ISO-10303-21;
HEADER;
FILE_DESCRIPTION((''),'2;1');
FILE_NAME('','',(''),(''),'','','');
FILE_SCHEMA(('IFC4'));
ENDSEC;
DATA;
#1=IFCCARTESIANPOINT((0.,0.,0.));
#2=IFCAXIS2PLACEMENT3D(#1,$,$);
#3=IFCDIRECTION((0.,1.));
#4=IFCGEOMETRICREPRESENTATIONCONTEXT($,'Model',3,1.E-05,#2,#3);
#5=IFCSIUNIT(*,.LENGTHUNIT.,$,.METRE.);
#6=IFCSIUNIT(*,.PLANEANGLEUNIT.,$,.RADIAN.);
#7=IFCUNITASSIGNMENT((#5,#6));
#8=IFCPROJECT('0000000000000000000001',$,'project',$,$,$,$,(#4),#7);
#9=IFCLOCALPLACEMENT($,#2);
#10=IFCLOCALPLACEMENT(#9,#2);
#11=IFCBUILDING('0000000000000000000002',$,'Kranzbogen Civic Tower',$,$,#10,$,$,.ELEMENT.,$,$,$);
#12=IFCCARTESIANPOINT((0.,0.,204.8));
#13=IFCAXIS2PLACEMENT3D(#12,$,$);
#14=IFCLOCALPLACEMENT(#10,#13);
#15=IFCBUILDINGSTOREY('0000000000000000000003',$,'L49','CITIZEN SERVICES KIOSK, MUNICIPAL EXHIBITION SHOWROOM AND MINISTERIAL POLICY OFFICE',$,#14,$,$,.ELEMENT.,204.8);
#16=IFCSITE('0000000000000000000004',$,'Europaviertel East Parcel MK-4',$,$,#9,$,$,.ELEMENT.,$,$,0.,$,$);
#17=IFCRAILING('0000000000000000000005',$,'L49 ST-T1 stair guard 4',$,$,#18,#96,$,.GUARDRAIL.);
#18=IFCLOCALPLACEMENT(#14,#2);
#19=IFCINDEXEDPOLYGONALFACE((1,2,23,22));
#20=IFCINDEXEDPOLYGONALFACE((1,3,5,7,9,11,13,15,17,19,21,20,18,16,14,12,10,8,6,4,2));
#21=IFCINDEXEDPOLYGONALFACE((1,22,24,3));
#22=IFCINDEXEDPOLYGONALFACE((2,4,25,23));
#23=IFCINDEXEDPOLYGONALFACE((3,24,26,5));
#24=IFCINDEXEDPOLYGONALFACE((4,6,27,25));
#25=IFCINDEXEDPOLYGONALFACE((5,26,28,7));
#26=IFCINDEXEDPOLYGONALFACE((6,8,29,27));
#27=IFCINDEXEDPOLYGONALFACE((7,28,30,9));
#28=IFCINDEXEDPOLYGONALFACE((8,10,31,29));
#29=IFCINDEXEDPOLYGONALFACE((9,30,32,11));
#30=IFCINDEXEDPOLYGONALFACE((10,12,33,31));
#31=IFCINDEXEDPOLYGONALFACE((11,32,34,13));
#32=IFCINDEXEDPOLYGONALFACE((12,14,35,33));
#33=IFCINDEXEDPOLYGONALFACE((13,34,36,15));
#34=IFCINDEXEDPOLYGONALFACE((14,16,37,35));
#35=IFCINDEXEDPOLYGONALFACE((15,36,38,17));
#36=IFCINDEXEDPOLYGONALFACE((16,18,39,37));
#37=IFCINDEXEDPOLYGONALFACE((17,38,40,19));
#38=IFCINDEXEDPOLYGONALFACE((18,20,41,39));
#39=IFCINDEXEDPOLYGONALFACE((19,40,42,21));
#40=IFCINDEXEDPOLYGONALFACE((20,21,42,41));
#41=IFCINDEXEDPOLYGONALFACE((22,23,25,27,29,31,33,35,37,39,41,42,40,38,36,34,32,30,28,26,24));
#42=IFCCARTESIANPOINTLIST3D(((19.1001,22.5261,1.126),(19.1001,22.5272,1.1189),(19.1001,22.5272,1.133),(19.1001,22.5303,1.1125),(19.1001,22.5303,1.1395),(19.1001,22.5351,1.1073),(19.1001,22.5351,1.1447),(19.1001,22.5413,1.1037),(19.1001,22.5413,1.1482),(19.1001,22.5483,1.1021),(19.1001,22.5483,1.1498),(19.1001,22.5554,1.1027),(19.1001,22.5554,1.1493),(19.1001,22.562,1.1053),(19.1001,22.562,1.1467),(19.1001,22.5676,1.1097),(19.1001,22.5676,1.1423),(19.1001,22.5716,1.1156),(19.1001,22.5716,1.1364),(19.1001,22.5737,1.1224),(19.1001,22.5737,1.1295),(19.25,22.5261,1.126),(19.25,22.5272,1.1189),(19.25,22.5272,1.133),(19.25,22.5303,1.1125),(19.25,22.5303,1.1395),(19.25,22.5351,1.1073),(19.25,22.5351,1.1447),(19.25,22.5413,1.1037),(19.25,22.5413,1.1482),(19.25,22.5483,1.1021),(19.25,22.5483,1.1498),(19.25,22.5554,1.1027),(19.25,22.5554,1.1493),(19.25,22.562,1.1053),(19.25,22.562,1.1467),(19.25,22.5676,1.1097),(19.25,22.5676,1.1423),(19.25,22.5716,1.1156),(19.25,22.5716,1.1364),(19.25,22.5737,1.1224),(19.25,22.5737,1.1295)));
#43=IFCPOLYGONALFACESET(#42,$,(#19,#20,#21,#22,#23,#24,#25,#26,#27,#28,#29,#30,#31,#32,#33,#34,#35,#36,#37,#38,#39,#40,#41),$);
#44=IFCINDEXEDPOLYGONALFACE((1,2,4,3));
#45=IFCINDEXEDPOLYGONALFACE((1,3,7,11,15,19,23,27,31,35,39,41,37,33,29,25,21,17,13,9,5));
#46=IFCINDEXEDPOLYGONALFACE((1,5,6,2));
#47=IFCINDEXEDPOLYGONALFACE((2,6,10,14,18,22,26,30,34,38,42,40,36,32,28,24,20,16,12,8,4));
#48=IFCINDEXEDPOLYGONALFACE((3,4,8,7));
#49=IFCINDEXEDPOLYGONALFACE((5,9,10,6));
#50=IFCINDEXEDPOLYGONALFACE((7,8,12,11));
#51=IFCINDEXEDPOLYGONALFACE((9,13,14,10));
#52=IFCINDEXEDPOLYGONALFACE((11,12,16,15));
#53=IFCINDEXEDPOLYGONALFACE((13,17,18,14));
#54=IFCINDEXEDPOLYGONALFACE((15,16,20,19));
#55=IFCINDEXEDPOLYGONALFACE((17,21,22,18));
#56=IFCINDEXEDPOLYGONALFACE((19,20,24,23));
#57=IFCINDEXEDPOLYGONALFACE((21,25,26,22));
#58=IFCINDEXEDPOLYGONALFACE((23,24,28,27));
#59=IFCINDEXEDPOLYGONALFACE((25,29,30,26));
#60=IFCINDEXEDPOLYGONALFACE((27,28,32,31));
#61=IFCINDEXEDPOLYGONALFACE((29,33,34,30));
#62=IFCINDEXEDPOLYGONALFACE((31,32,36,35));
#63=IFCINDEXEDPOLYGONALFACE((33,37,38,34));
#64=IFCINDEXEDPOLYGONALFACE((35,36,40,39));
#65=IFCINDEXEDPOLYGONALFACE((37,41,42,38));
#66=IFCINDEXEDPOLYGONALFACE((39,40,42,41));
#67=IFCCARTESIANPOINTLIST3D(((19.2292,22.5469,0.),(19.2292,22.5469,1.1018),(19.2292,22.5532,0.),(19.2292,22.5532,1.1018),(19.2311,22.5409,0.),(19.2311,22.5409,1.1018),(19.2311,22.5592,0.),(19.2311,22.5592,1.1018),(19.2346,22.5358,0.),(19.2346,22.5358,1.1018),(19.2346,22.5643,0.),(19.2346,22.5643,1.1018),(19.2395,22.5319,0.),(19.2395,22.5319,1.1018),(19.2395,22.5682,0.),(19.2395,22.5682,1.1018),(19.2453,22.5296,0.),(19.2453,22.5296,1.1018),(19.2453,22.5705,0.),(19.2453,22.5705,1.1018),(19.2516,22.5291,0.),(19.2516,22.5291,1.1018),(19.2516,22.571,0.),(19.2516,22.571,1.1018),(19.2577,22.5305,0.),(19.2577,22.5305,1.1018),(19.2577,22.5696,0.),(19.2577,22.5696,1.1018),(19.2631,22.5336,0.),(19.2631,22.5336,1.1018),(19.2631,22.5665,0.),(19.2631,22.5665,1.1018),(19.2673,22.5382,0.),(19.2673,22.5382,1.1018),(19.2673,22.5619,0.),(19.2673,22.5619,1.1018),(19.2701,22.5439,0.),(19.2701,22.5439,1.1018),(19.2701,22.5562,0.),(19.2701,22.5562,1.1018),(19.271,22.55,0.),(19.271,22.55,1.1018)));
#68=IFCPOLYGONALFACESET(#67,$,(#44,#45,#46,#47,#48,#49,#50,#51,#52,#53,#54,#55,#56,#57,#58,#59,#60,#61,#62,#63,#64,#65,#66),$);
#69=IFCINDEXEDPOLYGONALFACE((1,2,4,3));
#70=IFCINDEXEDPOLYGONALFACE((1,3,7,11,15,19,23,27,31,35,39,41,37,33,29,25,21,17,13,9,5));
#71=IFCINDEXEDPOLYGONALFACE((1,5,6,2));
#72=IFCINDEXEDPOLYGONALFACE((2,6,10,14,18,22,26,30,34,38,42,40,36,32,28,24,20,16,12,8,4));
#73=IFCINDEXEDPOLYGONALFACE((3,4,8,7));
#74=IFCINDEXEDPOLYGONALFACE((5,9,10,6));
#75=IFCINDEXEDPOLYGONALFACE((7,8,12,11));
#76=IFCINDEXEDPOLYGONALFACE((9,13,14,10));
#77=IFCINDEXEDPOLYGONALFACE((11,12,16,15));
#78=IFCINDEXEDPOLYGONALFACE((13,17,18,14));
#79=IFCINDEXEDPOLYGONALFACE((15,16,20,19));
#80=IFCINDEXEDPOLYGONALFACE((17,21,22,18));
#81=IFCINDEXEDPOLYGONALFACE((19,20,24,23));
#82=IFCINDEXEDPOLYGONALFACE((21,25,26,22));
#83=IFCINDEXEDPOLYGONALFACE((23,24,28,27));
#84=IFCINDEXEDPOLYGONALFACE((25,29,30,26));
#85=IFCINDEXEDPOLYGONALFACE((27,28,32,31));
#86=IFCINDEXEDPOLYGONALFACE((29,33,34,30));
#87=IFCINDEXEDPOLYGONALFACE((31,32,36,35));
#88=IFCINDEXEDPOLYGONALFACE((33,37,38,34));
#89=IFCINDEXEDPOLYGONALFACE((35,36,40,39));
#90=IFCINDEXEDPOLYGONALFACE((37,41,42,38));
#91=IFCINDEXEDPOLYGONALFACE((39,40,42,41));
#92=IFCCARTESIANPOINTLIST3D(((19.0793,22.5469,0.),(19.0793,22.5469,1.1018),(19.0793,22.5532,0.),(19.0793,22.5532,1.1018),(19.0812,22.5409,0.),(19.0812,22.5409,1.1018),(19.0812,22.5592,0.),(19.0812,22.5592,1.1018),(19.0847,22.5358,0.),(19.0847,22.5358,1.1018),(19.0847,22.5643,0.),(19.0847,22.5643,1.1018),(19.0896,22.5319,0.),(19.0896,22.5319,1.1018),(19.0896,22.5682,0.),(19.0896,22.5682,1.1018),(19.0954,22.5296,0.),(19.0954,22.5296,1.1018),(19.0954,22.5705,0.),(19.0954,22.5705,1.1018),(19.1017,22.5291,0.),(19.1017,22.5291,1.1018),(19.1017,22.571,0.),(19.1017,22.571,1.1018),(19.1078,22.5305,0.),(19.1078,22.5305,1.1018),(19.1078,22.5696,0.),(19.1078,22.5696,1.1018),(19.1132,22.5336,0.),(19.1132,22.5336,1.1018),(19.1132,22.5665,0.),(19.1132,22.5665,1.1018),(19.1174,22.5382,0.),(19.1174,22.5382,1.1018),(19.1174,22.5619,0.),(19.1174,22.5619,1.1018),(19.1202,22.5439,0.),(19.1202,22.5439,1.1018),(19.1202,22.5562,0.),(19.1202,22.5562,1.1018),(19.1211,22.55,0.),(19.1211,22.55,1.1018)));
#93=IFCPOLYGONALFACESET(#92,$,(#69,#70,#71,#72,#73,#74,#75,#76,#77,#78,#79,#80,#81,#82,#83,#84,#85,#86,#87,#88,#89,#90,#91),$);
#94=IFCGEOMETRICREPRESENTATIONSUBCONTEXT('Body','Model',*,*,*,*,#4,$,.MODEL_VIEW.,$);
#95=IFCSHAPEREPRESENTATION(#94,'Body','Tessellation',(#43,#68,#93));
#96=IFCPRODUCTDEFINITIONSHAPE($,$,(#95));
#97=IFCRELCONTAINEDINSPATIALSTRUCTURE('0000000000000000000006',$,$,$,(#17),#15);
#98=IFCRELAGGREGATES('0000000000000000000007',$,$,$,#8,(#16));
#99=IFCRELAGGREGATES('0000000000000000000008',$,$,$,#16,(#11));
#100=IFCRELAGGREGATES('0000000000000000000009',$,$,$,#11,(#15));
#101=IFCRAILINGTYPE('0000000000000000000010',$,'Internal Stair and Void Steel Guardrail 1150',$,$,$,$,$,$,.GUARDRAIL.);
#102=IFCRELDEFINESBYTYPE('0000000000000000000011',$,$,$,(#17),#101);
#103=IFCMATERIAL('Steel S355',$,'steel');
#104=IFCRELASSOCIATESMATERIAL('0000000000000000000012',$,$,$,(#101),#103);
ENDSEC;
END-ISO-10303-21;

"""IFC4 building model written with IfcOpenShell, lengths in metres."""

from ifc_helpers import new_model, si_unit, direction, frame, origin, origin_2d, place, context, subcontext, project, spatial, circle, extrude, material, type_object, element, save


model = new_model("IFC4")

# Units and contexts
model_context = context("Model", 3, precision=1e-05, world=origin(), true_north=direction((0.0, 1.0)))
body_context = subcontext(model_context, "Body", "Model", "MODEL_VIEW")
ifc_project = project(units=[si_unit("LENGTHUNIT", "METRE"), si_unit("PLANEANGLEUNIT", "RADIAN")], contexts=[model_context])

# Site, building, storey
site_placement = place(None, origin())
site = spatial("IfcSite", under=ifc_project, at=site_placement, Name="Europaviertel East Parcel MK-4", CompositionType="ELEMENT", RefElevation=0.0)
building_placement = place(site_placement, origin())
building = spatial("IfcBuilding", under=site, at=building_placement, Name="Kranzbogen Civic Tower", CompositionType="ELEMENT")
storey_placement = place(building_placement, frame((0.0, 0.0, 204.8)))
storey = spatial("IfcBuildingStorey", under=building, at=storey_placement, Name="L49", Description="CITIZEN SERVICES KIOSK, MUNICIPAL EXHIBITION SHOWROOM AND MINISTERIAL POLICY OFFICE", CompositionType="ELEMENT", Elevation=204.8)

# Shared definitions
ifc_material_1 = material(Name="Steel S355", Category="steel")

# Railing
railing_type_1 = type_object("IfcRailingType", Name="Internal Stair and Void Steel Guardrail 1150", PredefinedType="GUARDRAIL", material=ifc_material_1)
railing_1_placement = place(storey_placement, frame((19.25, 22.55, 0.0)))
element("IfcRailing", 1, at=railing_1_placement, inside=storey, type_object=railing_type_1, Name="L49 ST-T1 stair guard 4", PredefinedType="GUARDRAIL", context=body_context, shape_type="SweptSolid", body=[
    extrude(circle(Radius=0.0239, at=origin_2d()), frame((0.0, 0.0, 1.126), z_axis=(-1.0, 0.0, 0.0), x_axis=(0.0, -1.0, 0.0)), (0.0, 0.0, 1.0), 0.1499),
    extrude(circle(Radius=0.021, at=origin_2d()), origin(), (0.0, 0.0, 1.0), 1.1018),
    extrude(circle(Radius=0.021, at=origin_2d()), frame((-0.1499, 0.0, 0.0)), (0.0, 0.0, 1.0), 1.1018),
])

save(model, "model.ifc")
